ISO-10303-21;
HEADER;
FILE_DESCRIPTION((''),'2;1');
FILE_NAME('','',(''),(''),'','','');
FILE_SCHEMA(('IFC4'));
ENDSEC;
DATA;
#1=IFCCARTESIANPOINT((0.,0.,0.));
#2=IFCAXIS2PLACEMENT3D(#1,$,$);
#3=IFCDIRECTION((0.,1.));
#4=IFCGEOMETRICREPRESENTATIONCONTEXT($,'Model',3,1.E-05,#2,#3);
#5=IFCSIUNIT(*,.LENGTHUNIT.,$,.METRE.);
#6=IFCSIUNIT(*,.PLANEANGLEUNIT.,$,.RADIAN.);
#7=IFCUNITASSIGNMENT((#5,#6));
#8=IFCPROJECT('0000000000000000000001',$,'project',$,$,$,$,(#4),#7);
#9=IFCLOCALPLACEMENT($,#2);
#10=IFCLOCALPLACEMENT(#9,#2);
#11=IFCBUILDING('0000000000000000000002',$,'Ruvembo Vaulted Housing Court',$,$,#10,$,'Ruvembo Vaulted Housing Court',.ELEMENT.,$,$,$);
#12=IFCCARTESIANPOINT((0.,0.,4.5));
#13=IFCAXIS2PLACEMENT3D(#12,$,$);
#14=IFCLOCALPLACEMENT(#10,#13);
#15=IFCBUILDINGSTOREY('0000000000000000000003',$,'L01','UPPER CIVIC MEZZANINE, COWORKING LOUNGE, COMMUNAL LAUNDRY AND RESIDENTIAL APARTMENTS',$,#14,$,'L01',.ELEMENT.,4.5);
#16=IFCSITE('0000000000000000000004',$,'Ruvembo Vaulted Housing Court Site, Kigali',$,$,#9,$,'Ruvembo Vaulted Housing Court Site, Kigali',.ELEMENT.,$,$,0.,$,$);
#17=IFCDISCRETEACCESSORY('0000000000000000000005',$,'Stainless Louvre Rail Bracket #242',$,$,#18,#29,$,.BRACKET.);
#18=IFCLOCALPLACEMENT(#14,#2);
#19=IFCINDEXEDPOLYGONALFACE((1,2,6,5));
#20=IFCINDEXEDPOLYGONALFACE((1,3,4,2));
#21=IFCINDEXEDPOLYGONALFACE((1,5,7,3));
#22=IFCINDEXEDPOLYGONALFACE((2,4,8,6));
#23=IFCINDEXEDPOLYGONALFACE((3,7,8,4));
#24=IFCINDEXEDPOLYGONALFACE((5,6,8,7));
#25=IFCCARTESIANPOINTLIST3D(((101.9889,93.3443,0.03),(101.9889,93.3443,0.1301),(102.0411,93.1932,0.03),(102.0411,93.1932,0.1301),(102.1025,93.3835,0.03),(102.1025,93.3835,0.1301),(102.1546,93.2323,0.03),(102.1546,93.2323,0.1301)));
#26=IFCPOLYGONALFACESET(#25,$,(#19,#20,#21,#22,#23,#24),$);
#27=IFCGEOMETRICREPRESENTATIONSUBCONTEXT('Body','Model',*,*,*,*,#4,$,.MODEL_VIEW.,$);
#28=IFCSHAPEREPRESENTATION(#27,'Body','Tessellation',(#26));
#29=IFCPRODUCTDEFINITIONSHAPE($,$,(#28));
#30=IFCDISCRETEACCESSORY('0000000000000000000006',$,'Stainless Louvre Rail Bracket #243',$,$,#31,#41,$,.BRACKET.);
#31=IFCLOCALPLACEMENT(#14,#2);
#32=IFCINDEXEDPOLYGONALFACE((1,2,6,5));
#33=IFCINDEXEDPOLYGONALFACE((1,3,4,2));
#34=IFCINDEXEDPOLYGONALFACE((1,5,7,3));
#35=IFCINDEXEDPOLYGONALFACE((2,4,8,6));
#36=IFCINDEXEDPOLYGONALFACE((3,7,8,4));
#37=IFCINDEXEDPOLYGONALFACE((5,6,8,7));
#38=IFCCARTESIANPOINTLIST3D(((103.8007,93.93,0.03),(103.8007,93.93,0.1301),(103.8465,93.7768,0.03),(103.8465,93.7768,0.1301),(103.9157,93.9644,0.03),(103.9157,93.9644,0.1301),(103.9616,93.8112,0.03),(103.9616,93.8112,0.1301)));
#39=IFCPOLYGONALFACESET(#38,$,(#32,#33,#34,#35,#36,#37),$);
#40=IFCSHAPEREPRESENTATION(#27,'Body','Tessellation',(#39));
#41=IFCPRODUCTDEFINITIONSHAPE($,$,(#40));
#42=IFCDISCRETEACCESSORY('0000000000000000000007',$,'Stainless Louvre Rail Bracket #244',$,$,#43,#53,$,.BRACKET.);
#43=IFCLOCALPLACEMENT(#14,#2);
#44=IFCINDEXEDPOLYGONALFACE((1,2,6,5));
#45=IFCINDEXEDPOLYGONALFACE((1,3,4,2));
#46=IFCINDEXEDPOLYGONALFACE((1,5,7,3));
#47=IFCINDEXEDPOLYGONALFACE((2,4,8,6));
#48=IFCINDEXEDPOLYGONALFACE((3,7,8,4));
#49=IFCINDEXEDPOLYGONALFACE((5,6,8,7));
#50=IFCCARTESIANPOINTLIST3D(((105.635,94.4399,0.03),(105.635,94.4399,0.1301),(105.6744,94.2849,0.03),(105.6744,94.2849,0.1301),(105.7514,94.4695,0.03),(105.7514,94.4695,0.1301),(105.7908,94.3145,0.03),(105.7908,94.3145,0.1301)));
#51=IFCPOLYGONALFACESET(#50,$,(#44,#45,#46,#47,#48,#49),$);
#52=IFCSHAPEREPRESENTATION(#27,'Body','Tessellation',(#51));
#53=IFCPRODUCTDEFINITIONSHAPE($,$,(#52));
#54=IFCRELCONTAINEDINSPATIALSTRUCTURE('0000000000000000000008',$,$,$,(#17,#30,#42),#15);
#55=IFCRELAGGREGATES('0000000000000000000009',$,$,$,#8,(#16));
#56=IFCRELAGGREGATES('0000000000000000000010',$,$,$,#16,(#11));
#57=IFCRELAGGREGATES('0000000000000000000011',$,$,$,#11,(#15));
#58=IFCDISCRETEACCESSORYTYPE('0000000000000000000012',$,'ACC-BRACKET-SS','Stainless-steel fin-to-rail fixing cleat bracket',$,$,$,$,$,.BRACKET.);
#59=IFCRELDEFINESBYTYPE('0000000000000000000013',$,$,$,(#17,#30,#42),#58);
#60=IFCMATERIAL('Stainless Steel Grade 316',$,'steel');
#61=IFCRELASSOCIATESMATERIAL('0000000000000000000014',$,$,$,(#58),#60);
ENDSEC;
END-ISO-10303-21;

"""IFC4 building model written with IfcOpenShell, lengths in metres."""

from ifc_helpers import new_model, si_unit, direction, frame, origin, origin_2d, place, context, subcontext, project, spatial, rectangle, extrude, material, type_object, element, save


model = new_model("IFC4")

# Units and contexts
model_context = context("Model", 3, precision=1e-05, world=origin(), true_north=direction((0.0, 1.0)))
body_context = subcontext(model_context, "Body", "Model", "MODEL_VIEW")
ifc_project = project(units=[si_unit("LENGTHUNIT", "METRE"), si_unit("PLANEANGLEUNIT", "RADIAN")], contexts=[model_context])

# Site, building, storey
site_placement = place(None, origin())
site = spatial("IfcSite", under=ifc_project, at=site_placement, Name="Ruvembo Vaulted Housing Court Site, Kigali", LongName="Ruvembo Vaulted Housing Court Site, Kigali", CompositionType="ELEMENT", RefElevation=0.0)
building_placement = place(site_placement, origin())
building = spatial("IfcBuilding", under=site, at=building_placement, Name="Ruvembo Vaulted Housing Court", LongName="Ruvembo Vaulted Housing Court", CompositionType="ELEMENT")
storey_placement = place(building_placement, frame((0.0, 0.0, 4.5)))
storey = spatial("IfcBuildingStorey", under=building, at=storey_placement, Name="L01", Description="UPPER CIVIC MEZZANINE, COWORKING LOUNGE, COMMUNAL LAUNDRY AND RESIDENTIAL APARTMENTS", LongName="L01", CompositionType="ELEMENT", Elevation=4.5)

# Discrete accessories
ifc_material_1 = material(Name="Stainless Steel Grade 316", Category="steel")
discrete_accessory_type = type_object("IfcDiscreteAccessoryType", Name="ACC-BRACKET-SS", Description="Stainless-steel fin-to-rail fixing cleat bracket", PredefinedType="BRACKET", material=ifc_material_1)
for number, where, z_axis, x_axis, name in (
    (1, (102.0718, 93.2883, 0.03), (0.0, 0.0, 1.0), (0.32603, -0.945359, 0.0), "Stainless Louvre Rail Bracket #242"),
    (2, (103.8811, 93.8706, 0.03), (0.0, 0.0, 1.0), (0.286491, -0.958083, 0.0), "Stainless Louvre Rail Bracket #243"),
    (3, (105.7129, 94.3772, 0.03), (0.0, 0.0, 1.0), (0.246492, -0.969145, 0.0), "Stainless Louvre Rail Bracket #244"),
):
    element("IfcDiscreteAccessory", number, at=place(storey_placement, frame(where, z_axis=z_axis, x_axis=x_axis)), inside=storey, type_object=discrete_accessory_type, Name=name, PredefinedType="BRACKET", context=body_context, shape_type="SweptSolid", body=[
        extrude(rectangle(XDim=0.1599, YDim=0.1201, at=origin_2d()), origin(), (0.0, 0.0, 1.0), 0.1001),
    ])

save(model, "model.ifc")
